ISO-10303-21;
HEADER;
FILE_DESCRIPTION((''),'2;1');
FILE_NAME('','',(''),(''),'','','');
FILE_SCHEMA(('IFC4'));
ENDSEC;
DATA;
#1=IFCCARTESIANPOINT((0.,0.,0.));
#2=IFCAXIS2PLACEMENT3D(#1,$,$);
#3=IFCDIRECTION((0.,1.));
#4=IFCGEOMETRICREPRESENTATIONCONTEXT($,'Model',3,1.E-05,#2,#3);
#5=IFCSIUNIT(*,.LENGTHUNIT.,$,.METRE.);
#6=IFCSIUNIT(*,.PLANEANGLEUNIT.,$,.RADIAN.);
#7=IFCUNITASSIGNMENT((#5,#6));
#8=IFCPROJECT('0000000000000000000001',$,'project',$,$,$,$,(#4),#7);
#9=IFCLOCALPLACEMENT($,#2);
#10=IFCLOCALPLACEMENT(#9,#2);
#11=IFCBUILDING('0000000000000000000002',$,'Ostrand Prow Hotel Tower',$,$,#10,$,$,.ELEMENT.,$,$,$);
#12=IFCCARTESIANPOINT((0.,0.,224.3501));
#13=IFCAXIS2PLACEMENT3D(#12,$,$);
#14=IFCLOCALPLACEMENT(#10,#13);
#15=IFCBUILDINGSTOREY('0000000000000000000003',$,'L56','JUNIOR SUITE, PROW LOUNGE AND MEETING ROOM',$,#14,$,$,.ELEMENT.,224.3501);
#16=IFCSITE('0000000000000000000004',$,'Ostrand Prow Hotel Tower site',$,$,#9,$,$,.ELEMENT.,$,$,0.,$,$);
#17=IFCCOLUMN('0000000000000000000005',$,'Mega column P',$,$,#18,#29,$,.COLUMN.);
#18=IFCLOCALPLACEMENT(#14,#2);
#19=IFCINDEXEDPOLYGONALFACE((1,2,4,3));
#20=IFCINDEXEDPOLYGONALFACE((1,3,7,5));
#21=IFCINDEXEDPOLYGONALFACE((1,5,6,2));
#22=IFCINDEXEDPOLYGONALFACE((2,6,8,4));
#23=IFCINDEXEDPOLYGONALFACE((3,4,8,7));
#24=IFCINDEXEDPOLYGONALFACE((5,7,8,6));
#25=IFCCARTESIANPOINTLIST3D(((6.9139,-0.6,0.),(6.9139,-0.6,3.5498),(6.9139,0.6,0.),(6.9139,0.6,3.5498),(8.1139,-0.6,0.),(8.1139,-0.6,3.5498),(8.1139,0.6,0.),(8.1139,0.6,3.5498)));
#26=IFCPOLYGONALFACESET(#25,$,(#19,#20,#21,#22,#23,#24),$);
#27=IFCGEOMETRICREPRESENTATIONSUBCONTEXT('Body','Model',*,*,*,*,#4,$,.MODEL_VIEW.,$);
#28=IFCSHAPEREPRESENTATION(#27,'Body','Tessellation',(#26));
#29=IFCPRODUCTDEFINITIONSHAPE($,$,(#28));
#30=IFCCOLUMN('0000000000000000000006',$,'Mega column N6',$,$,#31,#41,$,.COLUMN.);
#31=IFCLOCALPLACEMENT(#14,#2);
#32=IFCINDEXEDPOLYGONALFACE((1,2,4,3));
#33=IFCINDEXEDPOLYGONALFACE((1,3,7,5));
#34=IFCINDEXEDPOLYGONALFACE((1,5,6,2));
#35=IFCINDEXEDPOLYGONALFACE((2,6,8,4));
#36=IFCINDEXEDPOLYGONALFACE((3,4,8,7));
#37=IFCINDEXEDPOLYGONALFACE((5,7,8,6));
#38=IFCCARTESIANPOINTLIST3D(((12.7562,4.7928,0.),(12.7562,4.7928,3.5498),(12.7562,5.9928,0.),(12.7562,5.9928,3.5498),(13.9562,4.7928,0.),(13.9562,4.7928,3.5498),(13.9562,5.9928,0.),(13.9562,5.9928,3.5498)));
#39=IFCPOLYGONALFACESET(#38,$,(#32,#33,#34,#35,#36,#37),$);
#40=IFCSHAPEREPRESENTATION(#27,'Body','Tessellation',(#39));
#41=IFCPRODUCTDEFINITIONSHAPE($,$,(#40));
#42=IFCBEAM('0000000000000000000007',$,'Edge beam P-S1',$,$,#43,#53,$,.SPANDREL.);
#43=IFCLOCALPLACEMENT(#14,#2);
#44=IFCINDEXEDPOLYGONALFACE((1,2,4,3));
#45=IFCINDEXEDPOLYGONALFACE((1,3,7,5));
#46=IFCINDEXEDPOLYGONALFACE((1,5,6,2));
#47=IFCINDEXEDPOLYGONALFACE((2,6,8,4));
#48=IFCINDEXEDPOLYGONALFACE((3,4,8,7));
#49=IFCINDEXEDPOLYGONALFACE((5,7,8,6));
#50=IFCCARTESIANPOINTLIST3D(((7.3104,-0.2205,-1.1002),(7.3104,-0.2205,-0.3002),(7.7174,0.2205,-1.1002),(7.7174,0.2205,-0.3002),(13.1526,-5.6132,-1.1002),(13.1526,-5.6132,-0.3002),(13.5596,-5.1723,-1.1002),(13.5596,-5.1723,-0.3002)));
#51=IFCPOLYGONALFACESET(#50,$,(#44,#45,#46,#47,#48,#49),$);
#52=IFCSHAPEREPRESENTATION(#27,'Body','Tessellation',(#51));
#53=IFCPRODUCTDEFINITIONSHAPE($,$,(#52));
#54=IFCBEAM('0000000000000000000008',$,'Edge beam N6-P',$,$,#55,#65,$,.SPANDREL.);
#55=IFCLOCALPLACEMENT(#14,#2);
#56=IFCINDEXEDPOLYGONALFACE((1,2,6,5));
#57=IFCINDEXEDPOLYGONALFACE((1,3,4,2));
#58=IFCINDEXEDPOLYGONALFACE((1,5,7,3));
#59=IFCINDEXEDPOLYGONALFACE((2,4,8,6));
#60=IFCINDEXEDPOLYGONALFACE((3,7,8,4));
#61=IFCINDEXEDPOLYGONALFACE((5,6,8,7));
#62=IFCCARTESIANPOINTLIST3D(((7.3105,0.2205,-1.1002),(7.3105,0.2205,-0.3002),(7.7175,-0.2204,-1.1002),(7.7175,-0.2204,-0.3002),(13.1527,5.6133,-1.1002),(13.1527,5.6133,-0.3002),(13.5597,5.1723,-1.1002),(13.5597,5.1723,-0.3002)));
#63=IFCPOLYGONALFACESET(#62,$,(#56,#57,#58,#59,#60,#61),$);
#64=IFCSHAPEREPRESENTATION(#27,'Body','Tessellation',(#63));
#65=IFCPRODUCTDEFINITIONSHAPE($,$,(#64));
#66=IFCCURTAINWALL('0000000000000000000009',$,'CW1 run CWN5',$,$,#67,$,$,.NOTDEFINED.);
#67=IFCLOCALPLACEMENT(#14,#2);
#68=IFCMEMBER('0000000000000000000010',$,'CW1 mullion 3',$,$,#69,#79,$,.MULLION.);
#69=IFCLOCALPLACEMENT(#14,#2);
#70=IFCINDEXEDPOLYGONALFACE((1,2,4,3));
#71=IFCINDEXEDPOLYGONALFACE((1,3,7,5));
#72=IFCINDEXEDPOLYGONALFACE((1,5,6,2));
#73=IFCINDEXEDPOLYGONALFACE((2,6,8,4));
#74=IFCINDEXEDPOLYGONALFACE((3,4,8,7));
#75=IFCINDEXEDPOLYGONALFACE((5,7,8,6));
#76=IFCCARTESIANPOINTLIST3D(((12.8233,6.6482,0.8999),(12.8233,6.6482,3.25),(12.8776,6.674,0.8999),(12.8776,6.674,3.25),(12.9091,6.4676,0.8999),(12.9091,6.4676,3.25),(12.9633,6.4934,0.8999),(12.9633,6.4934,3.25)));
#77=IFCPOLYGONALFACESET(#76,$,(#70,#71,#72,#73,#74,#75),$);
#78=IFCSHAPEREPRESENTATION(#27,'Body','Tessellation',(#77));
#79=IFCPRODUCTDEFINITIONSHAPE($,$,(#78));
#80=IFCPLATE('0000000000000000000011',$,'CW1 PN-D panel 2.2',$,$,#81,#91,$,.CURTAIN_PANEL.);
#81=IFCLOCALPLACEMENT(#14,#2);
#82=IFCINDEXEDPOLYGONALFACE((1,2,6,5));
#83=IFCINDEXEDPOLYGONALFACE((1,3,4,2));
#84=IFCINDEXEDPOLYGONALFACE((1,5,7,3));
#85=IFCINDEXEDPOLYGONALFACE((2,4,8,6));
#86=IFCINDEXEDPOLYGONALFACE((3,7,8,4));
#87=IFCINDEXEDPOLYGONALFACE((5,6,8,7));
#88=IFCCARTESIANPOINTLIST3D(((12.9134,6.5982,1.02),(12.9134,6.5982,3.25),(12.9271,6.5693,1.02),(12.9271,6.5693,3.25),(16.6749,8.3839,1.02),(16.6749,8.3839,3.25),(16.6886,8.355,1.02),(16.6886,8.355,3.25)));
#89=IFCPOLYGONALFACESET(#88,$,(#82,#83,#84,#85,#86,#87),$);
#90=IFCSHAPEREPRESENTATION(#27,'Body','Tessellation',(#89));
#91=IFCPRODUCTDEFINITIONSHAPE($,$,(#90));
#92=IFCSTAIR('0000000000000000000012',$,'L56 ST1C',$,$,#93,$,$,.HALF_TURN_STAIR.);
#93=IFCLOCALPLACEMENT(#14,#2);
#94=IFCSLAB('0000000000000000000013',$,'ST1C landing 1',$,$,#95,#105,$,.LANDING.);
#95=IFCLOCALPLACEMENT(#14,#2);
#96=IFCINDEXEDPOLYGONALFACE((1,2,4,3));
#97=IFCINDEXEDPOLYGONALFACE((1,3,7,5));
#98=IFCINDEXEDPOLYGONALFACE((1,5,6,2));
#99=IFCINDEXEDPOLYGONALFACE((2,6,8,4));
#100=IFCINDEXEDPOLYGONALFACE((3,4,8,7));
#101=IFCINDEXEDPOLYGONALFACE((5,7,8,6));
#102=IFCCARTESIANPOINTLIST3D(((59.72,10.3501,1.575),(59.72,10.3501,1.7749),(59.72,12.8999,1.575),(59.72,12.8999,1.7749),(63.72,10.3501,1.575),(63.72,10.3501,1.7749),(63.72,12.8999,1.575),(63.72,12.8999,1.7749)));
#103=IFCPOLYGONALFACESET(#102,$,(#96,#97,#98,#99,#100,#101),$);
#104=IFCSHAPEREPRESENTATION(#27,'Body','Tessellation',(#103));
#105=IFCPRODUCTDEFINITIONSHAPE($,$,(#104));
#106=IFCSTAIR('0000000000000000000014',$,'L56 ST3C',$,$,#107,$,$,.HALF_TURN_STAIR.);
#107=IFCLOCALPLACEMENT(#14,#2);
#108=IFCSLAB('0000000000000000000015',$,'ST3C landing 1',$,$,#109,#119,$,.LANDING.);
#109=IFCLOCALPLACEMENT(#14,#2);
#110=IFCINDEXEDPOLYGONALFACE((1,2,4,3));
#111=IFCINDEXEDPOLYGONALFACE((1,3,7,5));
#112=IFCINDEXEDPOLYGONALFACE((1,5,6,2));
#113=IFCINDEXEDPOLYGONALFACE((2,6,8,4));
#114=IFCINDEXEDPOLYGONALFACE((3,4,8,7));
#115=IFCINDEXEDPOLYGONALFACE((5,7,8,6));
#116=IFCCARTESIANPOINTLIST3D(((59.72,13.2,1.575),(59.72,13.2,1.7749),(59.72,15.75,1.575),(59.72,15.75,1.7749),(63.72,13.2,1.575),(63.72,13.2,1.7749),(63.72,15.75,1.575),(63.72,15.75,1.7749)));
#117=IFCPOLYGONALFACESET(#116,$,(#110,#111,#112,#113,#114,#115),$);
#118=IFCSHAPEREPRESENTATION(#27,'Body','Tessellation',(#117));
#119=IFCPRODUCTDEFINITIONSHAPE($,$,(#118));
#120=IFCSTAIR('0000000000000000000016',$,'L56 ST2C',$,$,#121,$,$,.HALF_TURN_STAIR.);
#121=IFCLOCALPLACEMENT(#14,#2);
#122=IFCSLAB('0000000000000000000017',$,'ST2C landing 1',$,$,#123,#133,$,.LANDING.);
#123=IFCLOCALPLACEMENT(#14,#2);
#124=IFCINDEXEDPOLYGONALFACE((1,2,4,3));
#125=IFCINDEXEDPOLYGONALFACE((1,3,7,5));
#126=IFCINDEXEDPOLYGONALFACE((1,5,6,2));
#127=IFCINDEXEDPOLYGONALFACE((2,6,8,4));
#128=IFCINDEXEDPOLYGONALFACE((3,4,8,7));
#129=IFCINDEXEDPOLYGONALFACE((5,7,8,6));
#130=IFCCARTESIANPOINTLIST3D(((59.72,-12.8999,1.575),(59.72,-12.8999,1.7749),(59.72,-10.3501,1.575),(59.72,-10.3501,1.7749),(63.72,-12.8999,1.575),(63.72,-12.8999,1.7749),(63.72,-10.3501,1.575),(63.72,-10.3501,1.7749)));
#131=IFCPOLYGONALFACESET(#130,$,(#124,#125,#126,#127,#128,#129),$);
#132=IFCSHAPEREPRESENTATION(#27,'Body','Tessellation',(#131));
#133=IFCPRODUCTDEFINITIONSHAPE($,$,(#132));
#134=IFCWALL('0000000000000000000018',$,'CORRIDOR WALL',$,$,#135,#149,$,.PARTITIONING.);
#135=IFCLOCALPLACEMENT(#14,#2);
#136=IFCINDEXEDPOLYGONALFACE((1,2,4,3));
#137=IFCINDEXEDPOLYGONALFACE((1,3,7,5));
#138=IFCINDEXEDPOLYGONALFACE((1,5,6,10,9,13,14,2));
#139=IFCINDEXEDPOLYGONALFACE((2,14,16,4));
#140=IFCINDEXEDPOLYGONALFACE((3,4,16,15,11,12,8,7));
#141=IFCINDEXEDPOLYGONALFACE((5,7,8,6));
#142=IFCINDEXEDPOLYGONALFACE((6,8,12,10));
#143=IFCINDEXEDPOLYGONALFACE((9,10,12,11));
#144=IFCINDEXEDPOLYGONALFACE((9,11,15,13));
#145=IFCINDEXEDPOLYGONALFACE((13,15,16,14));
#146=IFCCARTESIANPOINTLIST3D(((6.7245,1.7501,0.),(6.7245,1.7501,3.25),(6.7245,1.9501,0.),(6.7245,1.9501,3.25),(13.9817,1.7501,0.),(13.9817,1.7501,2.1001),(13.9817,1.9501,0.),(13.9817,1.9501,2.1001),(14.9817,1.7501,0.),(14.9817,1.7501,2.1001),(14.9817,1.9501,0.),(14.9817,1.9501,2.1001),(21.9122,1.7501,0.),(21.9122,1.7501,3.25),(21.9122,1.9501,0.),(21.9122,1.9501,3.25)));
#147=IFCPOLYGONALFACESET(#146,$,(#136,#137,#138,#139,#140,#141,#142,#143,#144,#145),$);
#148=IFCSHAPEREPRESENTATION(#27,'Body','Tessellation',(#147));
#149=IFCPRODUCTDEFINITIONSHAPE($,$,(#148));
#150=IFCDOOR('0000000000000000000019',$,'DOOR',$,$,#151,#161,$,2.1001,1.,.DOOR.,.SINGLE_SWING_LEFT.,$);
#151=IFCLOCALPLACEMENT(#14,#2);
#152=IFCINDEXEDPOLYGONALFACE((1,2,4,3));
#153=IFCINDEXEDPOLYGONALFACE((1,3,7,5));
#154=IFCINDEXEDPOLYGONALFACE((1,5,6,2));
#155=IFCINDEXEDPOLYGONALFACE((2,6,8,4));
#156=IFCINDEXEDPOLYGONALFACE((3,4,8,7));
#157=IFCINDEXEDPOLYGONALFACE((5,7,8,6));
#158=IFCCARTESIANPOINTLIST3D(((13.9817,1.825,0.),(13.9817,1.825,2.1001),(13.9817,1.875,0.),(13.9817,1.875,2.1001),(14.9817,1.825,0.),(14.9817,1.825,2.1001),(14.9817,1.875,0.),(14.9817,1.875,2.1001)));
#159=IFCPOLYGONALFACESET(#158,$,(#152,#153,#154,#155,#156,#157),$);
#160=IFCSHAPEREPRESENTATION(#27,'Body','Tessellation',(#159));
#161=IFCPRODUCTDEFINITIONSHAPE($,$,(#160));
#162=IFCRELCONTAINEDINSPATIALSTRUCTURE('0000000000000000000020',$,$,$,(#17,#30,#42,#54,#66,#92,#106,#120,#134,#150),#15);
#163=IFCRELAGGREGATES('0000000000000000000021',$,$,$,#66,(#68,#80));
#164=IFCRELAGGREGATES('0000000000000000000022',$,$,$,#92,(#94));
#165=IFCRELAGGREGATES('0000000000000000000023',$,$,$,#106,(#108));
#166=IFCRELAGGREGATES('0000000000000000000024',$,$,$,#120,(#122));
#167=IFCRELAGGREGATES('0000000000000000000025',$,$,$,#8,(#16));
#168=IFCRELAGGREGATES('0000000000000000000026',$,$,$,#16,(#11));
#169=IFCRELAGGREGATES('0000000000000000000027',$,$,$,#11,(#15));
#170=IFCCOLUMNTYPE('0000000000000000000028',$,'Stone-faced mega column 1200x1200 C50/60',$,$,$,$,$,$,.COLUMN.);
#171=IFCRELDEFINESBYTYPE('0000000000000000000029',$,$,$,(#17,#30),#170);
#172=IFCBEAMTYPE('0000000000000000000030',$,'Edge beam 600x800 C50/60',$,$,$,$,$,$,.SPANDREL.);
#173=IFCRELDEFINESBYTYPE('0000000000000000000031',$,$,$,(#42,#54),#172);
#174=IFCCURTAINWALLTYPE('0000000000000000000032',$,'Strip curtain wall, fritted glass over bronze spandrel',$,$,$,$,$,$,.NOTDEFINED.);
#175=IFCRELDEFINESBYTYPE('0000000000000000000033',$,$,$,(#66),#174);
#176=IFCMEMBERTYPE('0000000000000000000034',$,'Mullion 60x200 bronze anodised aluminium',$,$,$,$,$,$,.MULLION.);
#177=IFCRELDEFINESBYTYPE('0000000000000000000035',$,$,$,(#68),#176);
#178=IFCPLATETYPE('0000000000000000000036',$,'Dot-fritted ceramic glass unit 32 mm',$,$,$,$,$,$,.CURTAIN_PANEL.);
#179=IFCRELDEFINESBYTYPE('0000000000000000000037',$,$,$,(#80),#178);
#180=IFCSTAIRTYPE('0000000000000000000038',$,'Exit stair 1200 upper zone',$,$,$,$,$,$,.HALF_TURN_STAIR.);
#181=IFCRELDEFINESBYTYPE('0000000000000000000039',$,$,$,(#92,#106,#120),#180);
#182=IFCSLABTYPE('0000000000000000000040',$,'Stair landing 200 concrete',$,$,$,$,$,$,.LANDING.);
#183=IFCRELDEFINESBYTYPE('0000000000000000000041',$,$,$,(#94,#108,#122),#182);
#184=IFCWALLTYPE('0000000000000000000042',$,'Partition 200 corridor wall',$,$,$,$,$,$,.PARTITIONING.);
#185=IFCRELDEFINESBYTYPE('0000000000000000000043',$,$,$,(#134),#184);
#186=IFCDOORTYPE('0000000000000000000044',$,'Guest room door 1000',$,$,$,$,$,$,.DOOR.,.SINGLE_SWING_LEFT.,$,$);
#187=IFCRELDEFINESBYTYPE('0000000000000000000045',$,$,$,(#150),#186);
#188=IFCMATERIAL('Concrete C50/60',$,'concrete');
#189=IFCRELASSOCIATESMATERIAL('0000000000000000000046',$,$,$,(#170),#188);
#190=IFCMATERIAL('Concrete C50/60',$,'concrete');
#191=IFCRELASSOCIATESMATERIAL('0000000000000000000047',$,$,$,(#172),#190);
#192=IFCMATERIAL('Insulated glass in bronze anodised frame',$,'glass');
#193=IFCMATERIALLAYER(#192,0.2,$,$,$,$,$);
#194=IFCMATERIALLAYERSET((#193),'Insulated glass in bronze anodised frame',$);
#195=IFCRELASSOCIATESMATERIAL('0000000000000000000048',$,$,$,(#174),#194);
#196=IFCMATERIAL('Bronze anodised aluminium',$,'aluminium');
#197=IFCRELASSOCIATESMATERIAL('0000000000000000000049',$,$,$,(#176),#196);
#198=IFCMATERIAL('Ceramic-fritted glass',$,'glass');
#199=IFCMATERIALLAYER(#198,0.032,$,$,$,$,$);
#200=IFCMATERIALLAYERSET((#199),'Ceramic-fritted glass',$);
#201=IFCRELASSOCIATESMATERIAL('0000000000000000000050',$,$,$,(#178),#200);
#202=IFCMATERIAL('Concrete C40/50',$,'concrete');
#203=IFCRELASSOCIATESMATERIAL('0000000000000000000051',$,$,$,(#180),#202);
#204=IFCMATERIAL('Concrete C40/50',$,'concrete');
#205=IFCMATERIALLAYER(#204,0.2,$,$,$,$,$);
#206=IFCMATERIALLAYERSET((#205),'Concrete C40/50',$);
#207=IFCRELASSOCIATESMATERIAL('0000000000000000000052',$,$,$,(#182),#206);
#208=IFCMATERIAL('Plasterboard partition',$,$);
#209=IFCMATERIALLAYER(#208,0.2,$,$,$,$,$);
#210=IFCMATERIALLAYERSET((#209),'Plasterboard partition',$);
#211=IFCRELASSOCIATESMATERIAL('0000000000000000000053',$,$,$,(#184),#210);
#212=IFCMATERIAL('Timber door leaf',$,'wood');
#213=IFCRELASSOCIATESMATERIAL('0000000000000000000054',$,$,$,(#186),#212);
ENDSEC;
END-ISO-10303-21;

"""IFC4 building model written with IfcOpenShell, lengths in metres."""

from ifc_helpers import new_model, si_unit, direction, frame, frame_2d, origin, origin_2d, place, context, subcontext, project, spatial, polyline, rectangle, outline, extrude, material, layer, layer_set, material_profile, profile_set, type_object, element, fill, aggregate, save


model = new_model("IFC4")

# Units and contexts
model_context = context("Model", 3, precision=1e-05, world=origin(), true_north=direction((0.0, 1.0)))
body_context = subcontext(model_context, "Body", "Model", "MODEL_VIEW")
ifc_project = project(units=[si_unit("LENGTHUNIT", "METRE"), si_unit("PLANEANGLEUNIT", "RADIAN")], contexts=[model_context])

# Site, building, storey
site_placement = place(None, origin())
site = spatial("IfcSite", under=ifc_project, at=site_placement, Name="Ostrand Prow Hotel Tower site", CompositionType="ELEMENT", RefElevation=0.0)
building_placement = place(site_placement, origin())
building = spatial("IfcBuilding", under=site, at=building_placement, Name="Ostrand Prow Hotel Tower", CompositionType="ELEMENT")
storey_placement = place(building_placement, frame((0.0, 0.0, 224.3501)))
storey = spatial("IfcBuildingStorey", under=building, at=storey_placement, Name="L56", Description="JUNIOR SUITE, PROW LOUNGE AND MEETING ROOM", CompositionType="ELEMENT", Elevation=224.3501)

# Columns
ifc_material_1 = material(Name="Concrete C50/60", Category="concrete")
ifc_material_profile_1 = material_profile(ifc_material_1, rectangle(XDim=1.2, YDim=1.2, at=origin_2d()), Name="RC 1200x1200")
ifc_profile_set_1 = profile_set([ifc_material_profile_1], Name="Concrete C50/60")
column_type = type_object("IfcColumnType", Name="Stone-faced mega column 1200x1200 C50/60", PredefinedType="COLUMN", material=ifc_profile_set_1)
for number, where, z_axis, x_axis, name in (
    (1, (7.5139, 0.0, 0.0), (0.0, 0.0, 1.0), (1.0, 0.0, 0.0), "Mega column P"),
    (2, (13.3562, 5.3928, 0.0), (0.0, 0.0, 1.0), (1.0, 0.0, 0.0), "Mega column N6"),
):
    element("IfcColumn", number, at=place(storey_placement, frame(where, z_axis=z_axis, x_axis=x_axis)), inside=storey, type_object=column_type, Name=name, PredefinedType="COLUMN", context=body_context, shape_type="SweptSolid", body=[
        extrude(rectangle(XDim=1.2, YDim=1.2, at=origin_2d()), origin(), (0.0, 0.0, 1.0), 3.5498),
    ])

# Beams
ifc_material_2 = material(Name="Concrete C50/60", Category="concrete")
ifc_material_profile_2 = material_profile(ifc_material_2, rectangle(XDim=0.6001, YDim=0.8, at=origin_2d()), Name="RC 600x800")
ifc_profile_set_2 = profile_set([ifc_material_profile_2], Name="Concrete C50/60")
beam_type = type_object("IfcBeamType", Name="Edge beam 600x800 C50/60", PredefinedType="SPANDREL", material=ifc_profile_set_2)
for number, where, z_axis, x_axis, name in (
    (3, (7.5139, 0.0, -0.7002), (0.734807, -0.678276, 0.0), (0.678276, 0.734807, 0.0), "Edge beam P-S1"),
    (4, (13.3562, 5.3928, -0.7002), (-0.734807, -0.678276, 0.0), (0.678276, -0.734807, 0.0), "Edge beam N6-P"),
):
    element("IfcBeam", number, at=place(storey_placement, frame(where, z_axis=z_axis, x_axis=x_axis)), inside=storey, type_object=beam_type, Name=name, PredefinedType="SPANDREL", context=body_context, shape_type="SweptSolid", body=[
        extrude(rectangle(XDim=0.6001, YDim=0.8, at=origin_2d()), origin(), (0.0, 0.0, 1.0), 7.9507),
    ])

# Curtain wall, member, plate
ifc_material_3 = material(Name="Insulated glass in bronze anodised frame", Category="glass")
ifc_layer_1 = layer(ifc_material_3, 0.2)
ifc_layer_set_1 = layer_set([ifc_layer_1], Name="Insulated glass in bronze anodised frame")
curtain_wall_type = type_object("IfcCurtainWallType", Name="Strip curtain wall, fritted glass over bronze spandrel", PredefinedType="NOTDEFINED", material=ifc_layer_set_1)
curtain_wall_placement = place(storey_placement, origin())
curtain_wall = element("IfcCurtainWall", 5, at=curtain_wall_placement, inside=storey, type_object=curtain_wall_type, Name="CW1 run CWN5", PredefinedType="NOTDEFINED")
ifc_material_4 = material(Name="Bronze anodised aluminium", Category="aluminium")
ifc_material_profile_3 = material_profile(ifc_material_4, rectangle(XDim=0.2, YDim=0.0601, at=origin_2d()), Name="Mullion 60x200 bronze anodised aluminium")
ifc_profile_set_3 = profile_set([ifc_material_profile_3], Name="Bronze anodised aluminium")
member_type = type_object("IfcMemberType", Name="Mullion 60x200 bronze anodised aluminium", PredefinedType="MULLION", material=ifc_profile_set_3)
member_placement = place(storey_placement, frame((12.8933, 6.5708, 0.8999), z_axis=(0.0, 0.0, 1.0), x_axis=(0.428861, -0.90337, 0.0)))
member = element("IfcMember", 6, at=member_placement, type_object=member_type, Name="CW1 mullion 3", PredefinedType="MULLION", context=body_context, shape_type="SweptSolid", body=[
    extrude(rectangle(XDim=0.2, YDim=0.0601, at=origin_2d()), origin(), (0.0, 0.0, 1.0), 2.3501),
])
ifc_material_5 = material(Name="Ceramic-fritted glass", Category="glass")
ifc_layer_2 = layer(ifc_material_5, 0.032)
ifc_layer_set_2 = layer_set([ifc_layer_2], Name="Ceramic-fritted glass")
plate_type = type_object("IfcPlateType", Name="Dot-fritted ceramic glass unit 32 mm", PredefinedType="CURTAIN_PANEL", material=ifc_layer_set_2)
plate_placement = place(storey_placement, frame((14.801, 7.4766, 1.02), z_axis=(0.0, 0.0, 1.0), x_axis=(-0.90337, -0.428861, 0.0)))
plate = element("IfcPlate", 7, at=plate_placement, type_object=plate_type, Name="CW1 PN-D panel 2.2", PredefinedType="CURTAIN_PANEL", context=body_context, shape_type="SweptSolid", body=[
    extrude(rectangle(XDim=4.1638, YDim=0.032, at=origin_2d()), origin(), (0.0, 0.0, 1.0), 2.23),
])
aggregate(curtain_wall, [member, plate])

# Stairs, slabs
ifc_material_6 = material(Name="Concrete C40/50", Category="concrete")
stair_type = type_object("IfcStairType", Name="Exit stair 1200 upper zone", PredefinedType="HALF_TURN_STAIR", material=ifc_material_6)
stair_1_placement = place(storey_placement, origin())
stair_1 = element("IfcStair", 8, at=stair_1_placement, inside=storey, type_object=stair_type, Name="L56 ST1C", PredefinedType="HALF_TURN_STAIR")
ifc_material_7 = material(Name="Concrete C40/50", Category="concrete")
ifc_layer_3 = layer(ifc_material_7, 0.2)
ifc_layer_set_3 = layer_set([ifc_layer_3], Name="Concrete C40/50")
slab_type = type_object("IfcSlabType", Name="Stair landing 200 concrete", PredefinedType="LANDING", material=ifc_layer_set_3)
slab_1_placement = place(storey_placement, frame((0.0, 0.0, 1.575)))
slab_1 = element("IfcSlab", 9, at=slab_1_placement, type_object=slab_type, Name="ST1C landing 1", PredefinedType="LANDING", context=body_context, shape_type="SweptSolid", body=[
    extrude(outline(polyline([(59.72, 10.3501), (63.72, 10.3501), (63.72, 12.8999), (59.72, 12.8999), (59.72, 10.3501)])), origin(), (0.0, 0.0, 1.0), 0.2),
])
aggregate(stair_1, [slab_1])
stair_2_placement = place(storey_placement, origin())
stair_2 = element("IfcStair", 10, at=stair_2_placement, inside=storey, type_object=stair_type, Name="L56 ST3C", PredefinedType="HALF_TURN_STAIR")
slab_2_placement = place(storey_placement, frame((0.0, 0.0, 1.575)))
slab_2 = element("IfcSlab", 11, at=slab_2_placement, type_object=slab_type, Name="ST3C landing 1", PredefinedType="LANDING", context=body_context, shape_type="SweptSolid", body=[
    extrude(outline(polyline([(59.72, 13.2), (63.72, 13.2), (63.72, 15.75), (59.72, 15.75), (59.72, 13.2)])), origin(), (0.0, 0.0, 1.0), 0.2),
])
aggregate(stair_2, [slab_2])
stair_3_placement = place(storey_placement, origin())
stair_3 = element("IfcStair", 12, at=stair_3_placement, inside=storey, type_object=stair_type, Name="L56 ST2C", PredefinedType="HALF_TURN_STAIR")
slab_3_placement = place(storey_placement, frame((0.0, 0.0, 1.575)))
slab_3 = element("IfcSlab", 13, at=slab_3_placement, type_object=slab_type, Name="ST2C landing 1", PredefinedType="LANDING", context=body_context, shape_type="SweptSolid", body=[
    extrude(outline(polyline([(59.72, -12.8999), (63.72, -12.8999), (63.72, -10.3501), (59.72, -10.3501), (59.72, -12.8999)])), origin(), (0.0, 0.0, 1.0), 0.2),
])
aggregate(stair_3, [slab_3])

# Wall, opening, door
ifc_material_8 = material(Name="Plasterboard partition")
ifc_layer_4 = layer(ifc_material_8, 0.2)
ifc_layer_set_4 = layer_set([ifc_layer_4], Name="Plasterboard partition")
wall_type_1 = type_object("IfcWallType", Name="Partition 200 corridor wall", PredefinedType="PARTITIONING", material=ifc_layer_set_4)
wall_1_placement = place(storey_placement, frame((6.7246, 1.8501, 0.0), z_axis=(0.0, 0.0, 1.0), x_axis=(1.0, 0.0, 0.0)))
wall_1 = element("IfcWall", 14, at=wall_1_placement, inside=storey, type_object=wall_type_1, Name="CORRIDOR WALL", PredefinedType="PARTITIONING", context=body_context, shape_type="SweptSolid", body=[
    extrude(rectangle(XDim=15.1877, YDim=0.2, at=frame_2d((7.5938, 0.0))), origin(), (0.0, 0.0, 1.0), 3.25),
])
opening_1_placement = place(wall_1_placement, frame((7.2571, 0.0, 0.0)))
opening_1 = element("IfcOpeningElement", 15, at=opening_1_placement, cuts=wall_1, PredefinedType="OPENING", context=body_context, shape_type="SweptSolid", body=[
    extrude(rectangle(XDim=1.0, YDim=2.1001, at=frame_2d((0.5, 1.05))), frame((0.0, 0.1099, 0.0), z_axis=(0.0, -1.0, 0.0), x_axis=(1.0, 0.0, 0.0)), (0.0, 0.0, 1.0), 0.22),
])
ifc_material_9 = material(Name="Timber door leaf", Category="wood")
door_type = type_object("IfcDoorType", Name="Guest room door 1000", OperationType="SINGLE_SWING_LEFT", PredefinedType="DOOR", material=ifc_material_9)
door_placement = place(opening_1_placement, origin())
door = element("IfcDoor", 16, at=door_placement, inside=storey, type_object=door_type, Name="DOOR", OperationType="SINGLE_SWING_LEFT", OverallHeight=2.1001, OverallWidth=1.0, PredefinedType="DOOR", context=body_context, shape_type="SweptSolid", body=[
    extrude(rectangle(XDim=1.0, YDim=2.1001, at=frame_2d((0.5, 1.05))), frame((0.0, 0.0249, 0.0), z_axis=(0.0, -1.0, 0.0), x_axis=(1.0, 0.0, 0.0)), (0.0, 0.0, 1.0), 0.05),
])
fill(opening_1, door)

save(model, "model.ifc")
